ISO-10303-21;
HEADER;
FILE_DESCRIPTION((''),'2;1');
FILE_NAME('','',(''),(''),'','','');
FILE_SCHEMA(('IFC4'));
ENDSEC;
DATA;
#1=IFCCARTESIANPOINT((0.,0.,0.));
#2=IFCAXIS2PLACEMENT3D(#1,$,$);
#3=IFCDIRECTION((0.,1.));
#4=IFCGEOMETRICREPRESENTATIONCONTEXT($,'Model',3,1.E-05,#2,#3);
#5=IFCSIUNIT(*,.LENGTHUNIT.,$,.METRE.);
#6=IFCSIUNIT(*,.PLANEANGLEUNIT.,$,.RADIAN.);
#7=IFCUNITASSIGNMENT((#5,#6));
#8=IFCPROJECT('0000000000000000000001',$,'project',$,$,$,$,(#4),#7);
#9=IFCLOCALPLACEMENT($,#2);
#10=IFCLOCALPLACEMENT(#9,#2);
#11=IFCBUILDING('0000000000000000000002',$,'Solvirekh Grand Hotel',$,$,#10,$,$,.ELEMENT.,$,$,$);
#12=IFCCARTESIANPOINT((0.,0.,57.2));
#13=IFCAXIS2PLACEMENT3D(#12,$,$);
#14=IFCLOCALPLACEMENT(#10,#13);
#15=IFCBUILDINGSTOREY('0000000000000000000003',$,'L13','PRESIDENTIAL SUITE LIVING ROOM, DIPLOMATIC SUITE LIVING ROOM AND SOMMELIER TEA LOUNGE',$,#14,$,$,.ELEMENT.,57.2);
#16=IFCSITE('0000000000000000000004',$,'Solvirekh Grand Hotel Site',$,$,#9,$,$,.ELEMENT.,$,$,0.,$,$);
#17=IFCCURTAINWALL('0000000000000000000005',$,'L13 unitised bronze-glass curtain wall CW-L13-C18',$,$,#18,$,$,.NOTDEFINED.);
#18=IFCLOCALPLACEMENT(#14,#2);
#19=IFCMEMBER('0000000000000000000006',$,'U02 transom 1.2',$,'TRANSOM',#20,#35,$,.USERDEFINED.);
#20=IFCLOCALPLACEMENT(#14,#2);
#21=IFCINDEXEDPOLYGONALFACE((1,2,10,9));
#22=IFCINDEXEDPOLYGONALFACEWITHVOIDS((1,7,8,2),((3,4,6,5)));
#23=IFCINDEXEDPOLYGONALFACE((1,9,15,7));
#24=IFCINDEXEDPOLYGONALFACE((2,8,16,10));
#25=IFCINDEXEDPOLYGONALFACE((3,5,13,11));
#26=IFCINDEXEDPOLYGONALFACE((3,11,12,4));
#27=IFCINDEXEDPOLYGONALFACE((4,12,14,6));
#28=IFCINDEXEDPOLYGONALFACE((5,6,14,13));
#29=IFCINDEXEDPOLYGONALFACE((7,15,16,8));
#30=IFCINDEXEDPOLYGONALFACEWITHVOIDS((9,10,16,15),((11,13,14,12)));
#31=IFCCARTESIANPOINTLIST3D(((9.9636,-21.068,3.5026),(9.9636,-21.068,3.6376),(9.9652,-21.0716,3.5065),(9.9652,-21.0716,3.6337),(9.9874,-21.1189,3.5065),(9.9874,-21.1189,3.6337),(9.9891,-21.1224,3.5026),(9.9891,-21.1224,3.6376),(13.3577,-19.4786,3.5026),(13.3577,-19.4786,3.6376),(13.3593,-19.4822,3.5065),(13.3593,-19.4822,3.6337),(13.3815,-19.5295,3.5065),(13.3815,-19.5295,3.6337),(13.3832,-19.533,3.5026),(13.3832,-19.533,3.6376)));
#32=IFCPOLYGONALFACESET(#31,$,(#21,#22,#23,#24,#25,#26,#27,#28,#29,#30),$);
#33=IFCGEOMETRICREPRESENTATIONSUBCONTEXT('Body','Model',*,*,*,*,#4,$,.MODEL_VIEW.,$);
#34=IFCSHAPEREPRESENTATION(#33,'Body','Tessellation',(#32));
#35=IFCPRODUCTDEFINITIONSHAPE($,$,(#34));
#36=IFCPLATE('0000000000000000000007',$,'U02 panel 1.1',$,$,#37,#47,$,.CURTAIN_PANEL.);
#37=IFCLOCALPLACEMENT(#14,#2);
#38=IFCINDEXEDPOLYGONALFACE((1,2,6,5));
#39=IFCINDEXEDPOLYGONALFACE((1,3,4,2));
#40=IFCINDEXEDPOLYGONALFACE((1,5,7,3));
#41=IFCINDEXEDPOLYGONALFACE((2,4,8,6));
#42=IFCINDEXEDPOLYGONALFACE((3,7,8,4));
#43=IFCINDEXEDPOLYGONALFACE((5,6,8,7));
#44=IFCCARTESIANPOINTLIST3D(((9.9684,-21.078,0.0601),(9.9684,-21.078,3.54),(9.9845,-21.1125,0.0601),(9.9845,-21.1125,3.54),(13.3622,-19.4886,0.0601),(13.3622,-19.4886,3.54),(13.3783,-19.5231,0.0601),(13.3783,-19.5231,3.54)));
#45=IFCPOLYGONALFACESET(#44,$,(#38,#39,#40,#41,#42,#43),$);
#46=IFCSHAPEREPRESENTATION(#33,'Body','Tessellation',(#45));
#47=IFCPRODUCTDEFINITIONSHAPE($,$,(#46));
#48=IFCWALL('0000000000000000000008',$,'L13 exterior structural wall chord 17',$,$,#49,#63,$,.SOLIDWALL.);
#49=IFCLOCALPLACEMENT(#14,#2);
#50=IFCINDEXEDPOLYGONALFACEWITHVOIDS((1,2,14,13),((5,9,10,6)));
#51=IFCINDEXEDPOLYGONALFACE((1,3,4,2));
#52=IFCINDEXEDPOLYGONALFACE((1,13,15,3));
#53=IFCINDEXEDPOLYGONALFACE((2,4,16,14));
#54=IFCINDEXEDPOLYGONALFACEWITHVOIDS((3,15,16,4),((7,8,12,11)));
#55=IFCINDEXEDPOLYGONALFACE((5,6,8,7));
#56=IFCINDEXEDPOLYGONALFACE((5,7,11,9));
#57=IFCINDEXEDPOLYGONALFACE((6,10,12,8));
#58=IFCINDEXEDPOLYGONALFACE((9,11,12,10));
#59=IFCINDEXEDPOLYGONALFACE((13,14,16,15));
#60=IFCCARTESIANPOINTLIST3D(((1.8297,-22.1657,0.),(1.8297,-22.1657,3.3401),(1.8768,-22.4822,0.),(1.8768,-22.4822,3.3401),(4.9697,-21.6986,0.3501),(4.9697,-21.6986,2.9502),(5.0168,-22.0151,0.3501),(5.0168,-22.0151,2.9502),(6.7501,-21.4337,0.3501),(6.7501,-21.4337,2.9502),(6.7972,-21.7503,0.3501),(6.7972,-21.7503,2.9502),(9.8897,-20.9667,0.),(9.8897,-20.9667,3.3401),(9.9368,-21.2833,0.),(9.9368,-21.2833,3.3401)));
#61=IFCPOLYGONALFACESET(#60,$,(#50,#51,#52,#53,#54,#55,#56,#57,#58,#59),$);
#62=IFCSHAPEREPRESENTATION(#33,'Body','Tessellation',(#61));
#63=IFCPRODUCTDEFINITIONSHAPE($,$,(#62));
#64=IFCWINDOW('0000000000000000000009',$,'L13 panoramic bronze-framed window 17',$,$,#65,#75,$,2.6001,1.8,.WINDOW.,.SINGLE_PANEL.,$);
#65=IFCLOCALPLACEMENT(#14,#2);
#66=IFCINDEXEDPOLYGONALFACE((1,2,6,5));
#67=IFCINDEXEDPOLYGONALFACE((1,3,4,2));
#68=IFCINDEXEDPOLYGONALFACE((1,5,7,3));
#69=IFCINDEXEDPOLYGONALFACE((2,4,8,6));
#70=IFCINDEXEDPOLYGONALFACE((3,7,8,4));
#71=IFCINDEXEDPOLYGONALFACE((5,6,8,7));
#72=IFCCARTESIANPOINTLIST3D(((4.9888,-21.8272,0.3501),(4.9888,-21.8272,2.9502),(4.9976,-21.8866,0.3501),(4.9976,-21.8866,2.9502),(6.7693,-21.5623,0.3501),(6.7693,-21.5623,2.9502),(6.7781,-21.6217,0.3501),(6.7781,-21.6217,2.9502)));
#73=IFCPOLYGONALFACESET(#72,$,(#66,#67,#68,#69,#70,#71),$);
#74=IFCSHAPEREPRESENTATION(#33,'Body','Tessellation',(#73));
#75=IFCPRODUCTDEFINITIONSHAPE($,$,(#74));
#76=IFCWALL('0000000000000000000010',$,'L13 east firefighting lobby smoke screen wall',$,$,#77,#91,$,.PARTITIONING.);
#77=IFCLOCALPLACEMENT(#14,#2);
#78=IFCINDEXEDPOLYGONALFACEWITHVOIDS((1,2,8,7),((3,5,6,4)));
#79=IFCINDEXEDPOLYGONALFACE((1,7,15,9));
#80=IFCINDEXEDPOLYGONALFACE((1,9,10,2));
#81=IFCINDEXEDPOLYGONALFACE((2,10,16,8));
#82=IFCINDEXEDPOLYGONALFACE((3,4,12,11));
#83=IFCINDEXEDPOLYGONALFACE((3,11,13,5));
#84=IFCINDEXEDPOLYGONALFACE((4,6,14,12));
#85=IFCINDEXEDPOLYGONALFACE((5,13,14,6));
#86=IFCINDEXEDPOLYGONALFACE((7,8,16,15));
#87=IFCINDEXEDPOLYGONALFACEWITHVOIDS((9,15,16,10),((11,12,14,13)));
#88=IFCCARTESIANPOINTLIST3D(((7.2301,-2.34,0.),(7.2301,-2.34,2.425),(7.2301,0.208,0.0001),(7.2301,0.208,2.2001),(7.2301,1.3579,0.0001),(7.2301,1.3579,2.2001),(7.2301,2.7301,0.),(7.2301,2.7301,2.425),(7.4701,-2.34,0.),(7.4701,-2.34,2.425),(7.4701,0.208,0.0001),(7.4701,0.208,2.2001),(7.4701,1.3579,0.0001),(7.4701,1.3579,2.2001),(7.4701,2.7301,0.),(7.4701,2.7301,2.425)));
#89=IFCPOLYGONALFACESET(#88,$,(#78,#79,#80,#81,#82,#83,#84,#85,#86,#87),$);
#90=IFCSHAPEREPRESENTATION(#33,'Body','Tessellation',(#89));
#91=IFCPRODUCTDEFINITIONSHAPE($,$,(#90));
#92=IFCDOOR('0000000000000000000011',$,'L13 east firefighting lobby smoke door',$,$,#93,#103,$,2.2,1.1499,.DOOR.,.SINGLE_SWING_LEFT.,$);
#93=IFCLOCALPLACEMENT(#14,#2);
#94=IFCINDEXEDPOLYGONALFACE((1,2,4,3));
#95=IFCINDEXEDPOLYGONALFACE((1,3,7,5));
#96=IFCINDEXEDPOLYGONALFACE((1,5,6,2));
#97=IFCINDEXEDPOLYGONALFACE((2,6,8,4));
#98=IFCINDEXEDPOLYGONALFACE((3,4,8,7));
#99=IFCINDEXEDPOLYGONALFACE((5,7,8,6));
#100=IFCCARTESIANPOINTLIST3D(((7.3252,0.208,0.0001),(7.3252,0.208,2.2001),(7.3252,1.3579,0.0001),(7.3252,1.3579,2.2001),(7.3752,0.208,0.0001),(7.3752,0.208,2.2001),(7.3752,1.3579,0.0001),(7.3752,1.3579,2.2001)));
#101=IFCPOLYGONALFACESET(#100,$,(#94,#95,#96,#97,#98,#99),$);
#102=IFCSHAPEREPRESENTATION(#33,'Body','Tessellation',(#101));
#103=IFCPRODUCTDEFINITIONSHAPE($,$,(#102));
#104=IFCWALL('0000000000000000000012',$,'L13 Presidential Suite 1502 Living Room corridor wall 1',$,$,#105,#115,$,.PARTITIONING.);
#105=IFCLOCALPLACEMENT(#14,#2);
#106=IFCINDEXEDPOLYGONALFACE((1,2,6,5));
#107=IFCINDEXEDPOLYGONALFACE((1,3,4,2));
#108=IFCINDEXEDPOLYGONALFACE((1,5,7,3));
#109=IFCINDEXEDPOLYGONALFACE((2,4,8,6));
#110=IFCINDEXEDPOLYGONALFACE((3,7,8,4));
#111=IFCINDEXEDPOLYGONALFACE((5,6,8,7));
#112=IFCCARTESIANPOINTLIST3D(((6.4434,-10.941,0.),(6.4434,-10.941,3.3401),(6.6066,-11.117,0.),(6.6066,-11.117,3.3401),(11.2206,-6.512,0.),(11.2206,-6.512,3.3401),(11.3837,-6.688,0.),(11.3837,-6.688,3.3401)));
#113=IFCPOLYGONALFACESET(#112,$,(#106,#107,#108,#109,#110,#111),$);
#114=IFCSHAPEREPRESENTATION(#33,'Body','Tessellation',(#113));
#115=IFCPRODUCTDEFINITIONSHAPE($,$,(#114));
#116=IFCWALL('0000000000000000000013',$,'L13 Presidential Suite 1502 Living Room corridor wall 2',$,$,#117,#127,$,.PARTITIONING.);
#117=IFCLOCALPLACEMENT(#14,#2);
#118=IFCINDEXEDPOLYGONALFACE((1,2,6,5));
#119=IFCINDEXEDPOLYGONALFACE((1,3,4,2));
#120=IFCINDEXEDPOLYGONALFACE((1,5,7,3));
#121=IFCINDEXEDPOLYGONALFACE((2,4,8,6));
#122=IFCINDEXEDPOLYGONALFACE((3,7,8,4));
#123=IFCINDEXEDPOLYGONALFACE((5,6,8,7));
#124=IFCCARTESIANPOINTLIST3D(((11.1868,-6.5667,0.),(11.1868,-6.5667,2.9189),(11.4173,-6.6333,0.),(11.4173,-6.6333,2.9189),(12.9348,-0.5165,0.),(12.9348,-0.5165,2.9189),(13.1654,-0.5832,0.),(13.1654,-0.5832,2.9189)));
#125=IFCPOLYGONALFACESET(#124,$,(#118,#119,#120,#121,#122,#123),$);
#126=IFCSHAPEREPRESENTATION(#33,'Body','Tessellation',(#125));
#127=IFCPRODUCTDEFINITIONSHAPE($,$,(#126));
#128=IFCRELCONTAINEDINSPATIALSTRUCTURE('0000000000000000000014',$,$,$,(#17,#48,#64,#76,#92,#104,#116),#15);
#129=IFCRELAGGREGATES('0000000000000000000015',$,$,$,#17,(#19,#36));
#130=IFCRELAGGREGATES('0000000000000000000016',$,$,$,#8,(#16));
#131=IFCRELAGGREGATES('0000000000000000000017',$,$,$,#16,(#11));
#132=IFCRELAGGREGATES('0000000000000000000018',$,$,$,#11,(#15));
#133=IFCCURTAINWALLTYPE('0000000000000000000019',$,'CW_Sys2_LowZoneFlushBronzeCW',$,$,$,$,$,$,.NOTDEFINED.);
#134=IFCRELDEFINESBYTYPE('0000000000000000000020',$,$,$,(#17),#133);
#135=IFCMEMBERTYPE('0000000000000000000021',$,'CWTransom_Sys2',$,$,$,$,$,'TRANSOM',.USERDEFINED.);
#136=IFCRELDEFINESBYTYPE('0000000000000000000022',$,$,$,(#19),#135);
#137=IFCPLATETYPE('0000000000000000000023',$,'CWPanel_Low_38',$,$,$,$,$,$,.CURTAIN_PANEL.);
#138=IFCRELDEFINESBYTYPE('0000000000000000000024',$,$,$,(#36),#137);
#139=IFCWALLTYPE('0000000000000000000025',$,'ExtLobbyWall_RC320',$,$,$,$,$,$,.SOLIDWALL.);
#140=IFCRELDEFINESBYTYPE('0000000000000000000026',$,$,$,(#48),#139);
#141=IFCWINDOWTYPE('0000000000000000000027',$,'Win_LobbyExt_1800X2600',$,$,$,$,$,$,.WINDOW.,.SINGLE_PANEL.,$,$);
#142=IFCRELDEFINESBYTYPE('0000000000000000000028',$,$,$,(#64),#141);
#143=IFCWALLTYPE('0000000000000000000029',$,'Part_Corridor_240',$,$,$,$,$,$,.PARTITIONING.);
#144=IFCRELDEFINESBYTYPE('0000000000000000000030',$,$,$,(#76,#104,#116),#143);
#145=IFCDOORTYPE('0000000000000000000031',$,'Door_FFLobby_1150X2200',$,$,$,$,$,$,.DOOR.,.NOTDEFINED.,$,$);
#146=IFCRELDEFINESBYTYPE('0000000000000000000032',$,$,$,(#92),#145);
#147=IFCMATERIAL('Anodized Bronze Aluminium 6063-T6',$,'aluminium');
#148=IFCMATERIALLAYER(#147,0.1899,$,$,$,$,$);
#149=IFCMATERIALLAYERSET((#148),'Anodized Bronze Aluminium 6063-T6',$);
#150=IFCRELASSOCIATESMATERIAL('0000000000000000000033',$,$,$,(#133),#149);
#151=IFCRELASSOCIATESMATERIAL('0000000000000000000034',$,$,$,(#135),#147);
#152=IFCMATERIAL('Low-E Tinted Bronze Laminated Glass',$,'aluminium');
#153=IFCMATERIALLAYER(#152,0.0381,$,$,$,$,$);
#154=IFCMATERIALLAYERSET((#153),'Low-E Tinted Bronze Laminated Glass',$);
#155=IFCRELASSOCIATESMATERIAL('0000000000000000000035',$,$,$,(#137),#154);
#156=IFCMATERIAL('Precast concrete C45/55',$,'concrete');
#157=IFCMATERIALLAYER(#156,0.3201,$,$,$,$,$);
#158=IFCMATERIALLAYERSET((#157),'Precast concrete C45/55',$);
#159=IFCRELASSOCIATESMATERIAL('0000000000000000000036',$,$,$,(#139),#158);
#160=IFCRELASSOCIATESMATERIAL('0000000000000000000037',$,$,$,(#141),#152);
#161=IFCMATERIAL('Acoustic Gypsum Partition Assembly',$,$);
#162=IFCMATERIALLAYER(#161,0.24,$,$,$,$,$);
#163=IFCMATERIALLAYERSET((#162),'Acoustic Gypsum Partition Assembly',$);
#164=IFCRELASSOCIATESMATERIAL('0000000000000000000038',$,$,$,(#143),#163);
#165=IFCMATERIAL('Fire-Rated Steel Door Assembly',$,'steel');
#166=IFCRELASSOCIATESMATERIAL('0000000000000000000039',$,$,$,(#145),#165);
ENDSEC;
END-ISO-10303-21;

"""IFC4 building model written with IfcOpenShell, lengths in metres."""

from ifc_helpers import new_model, si_unit, direction, frame, frame_2d, origin, origin_2d, place, context, subcontext, project, spatial, rectangle, hollow_rectangle, extrude, source, transform, mapped, material, layer, layer_set, material_profile, profile_set, type_object, element, fill, aggregate, save


model = new_model("IFC4")

# Units and contexts
model_context = context("Model", 3, precision=1e-05, world=origin(), true_north=direction((0.0, 1.0)))
body_context = subcontext(model_context, "Body", "Model", "MODEL_VIEW")
ifc_project = project(units=[si_unit("LENGTHUNIT", "METRE"), si_unit("PLANEANGLEUNIT", "RADIAN")], contexts=[model_context])

# Site, building, storey
site_placement = place(None, origin())
site = spatial("IfcSite", under=ifc_project, at=site_placement, Name="Solvirekh Grand Hotel Site", CompositionType="ELEMENT", RefElevation=0.0)
building_placement = place(site_placement, origin())
building = spatial("IfcBuilding", under=site, at=building_placement, Name="Solvirekh Grand Hotel", CompositionType="ELEMENT")
storey_placement = place(building_placement, frame((0.0, 0.0, 57.2)))
storey = spatial("IfcBuildingStorey", under=building, at=storey_placement, Name="L13", Description="PRESIDENTIAL SUITE LIVING ROOM, DIPLOMATIC SUITE LIVING ROOM AND SOMMELIER TEA LOUNGE", CompositionType="ELEMENT", Elevation=57.2)

# Curtain wall, member, plate
ifc_material_1 = material(Name="Anodized Bronze Aluminium 6063-T6", Category="aluminium")
ifc_layer_1 = layer(ifc_material_1, 0.1899)
ifc_layer_set_1 = layer_set([ifc_layer_1], Name="Anodized Bronze Aluminium 6063-T6")
curtain_wall_type = type_object("IfcCurtainWallType", Name="CW_Sys2_LowZoneFlushBronzeCW", PredefinedType="NOTDEFINED", material=ifc_layer_set_1)
curtain_wall_placement = place(storey_placement, origin())
curtain_wall = element("IfcCurtainWall", 1, at=curtain_wall_placement, inside=storey, type_object=curtain_wall_type, Name="L13 unitised bronze-glass curtain wall CW-L13-C18", PredefinedType="NOTDEFINED")
ifc_material_profile_1 = material_profile(ifc_material_1, hollow_rectangle(XDim=0.0601, YDim=0.135, WallThickness=0.0039, at=origin_2d()), Name="ALU RHS 135X60X4")
ifc_profile_set_1 = profile_set([ifc_material_profile_1], Name="Anodized Bronze Aluminium 6063-T6")
member_type_1 = type_object("IfcMemberType", Name="CWTransom_Sys2", ElementType="TRANSOM", PredefinedType="USERDEFINED", material=ifc_profile_set_1)
shared_shape_1 = source(origin(), body_context, "Body", "SweptSolid", [
    extrude(hollow_rectangle(XDim=0.0601, YDim=0.135, WallThickness=0.0039, at=origin_2d()), origin(), (0.0, 0.0, 1.0), 3.7478),
])
member_1_placement = place(storey_placement, frame((9.9763, -21.0952, 3.5701), z_axis=(0.905623, 0.424083, 0.0), x_axis=(-0.424083, 0.905623, 0.0)))
member_1 = element("IfcMember", 2, at=member_1_placement, type_object=member_type_1, Name="U02 transom 1.2", ObjectType="TRANSOM", PredefinedType="USERDEFINED", context=body_context, shape_type="MappedRepresentation", body=[
    mapped(shared_shape_1, transform((0.0, 0.0, 0.0), x_axis=(1.0, 0.0, 0.0), y_axis=(0.0, 1.0, 0.0), z_axis=(0.0, 0.0, 1.0), scale=1.0)),
])
ifc_material_2 = material(Name="Low-E Tinted Bronze Laminated Glass", Category="aluminium")
ifc_layer_2 = layer(ifc_material_2, 0.0381)
ifc_layer_set_2 = layer_set([ifc_layer_2], Name="Low-E Tinted Bronze Laminated Glass")
plate_type = type_object("IfcPlateType", Name="CWPanel_Low_38", PredefinedType="CURTAIN_PANEL", material=ifc_layer_set_2)
shared_shape_2 = source(origin(), body_context, "Body", "SweptSolid", [
    extrude(rectangle(XDim=3.7476, YDim=0.0381, at=origin_2d()), origin(), (0.0, 0.0, 1.0), 3.48),
])
plate_placement = place(storey_placement, frame((11.6733, -20.3005, 0.0601), z_axis=(0.0, 0.0, 1.0), x_axis=(0.905605, 0.424121, 0.0)))
plate = element("IfcPlate", 3, at=plate_placement, type_object=plate_type, Name="U02 panel 1.1", PredefinedType="CURTAIN_PANEL", context=body_context, shape_type="MappedRepresentation", body=[
    mapped(shared_shape_2, transform((0.0, 0.0, 0.0), x_axis=(1.0, 0.0, 0.0), y_axis=(0.0, 1.0, 0.0), z_axis=(0.0, 0.0, 1.0), scale=1.0)),
])
aggregate(curtain_wall, [member_1, plate])

# Wall, opening, window
ifc_material_3 = material(Name="Precast concrete C45/55", Category="concrete")
ifc_layer_3 = layer(ifc_material_3, 0.3201)
ifc_layer_set_3 = layer_set([ifc_layer_3], Name="Precast concrete C45/55")
wall_type_1 = type_object("IfcWallType", Name="ExtLobbyWall_RC320", PredefinedType="SOLIDWALL", material=ifc_layer_set_3)
wall_1_placement = place(storey_placement, frame((9.9131, -21.125, 0.0), z_axis=(0.0, 0.0, 1.0), x_axis=(-0.989116, -0.147136, 0.0)))
wall_1 = element("IfcWall", 4, at=wall_1_placement, inside=storey, type_object=wall_type_1, Name="L13 exterior structural wall chord 17", PredefinedType="SOLIDWALL", context=body_context, shape_type="SweptSolid", body=[
    extrude(rectangle(XDim=8.1487, YDim=0.3201, at=frame_2d((4.0742, 0.0))), origin(), (0.0, 0.0, 1.0), 3.3401),
])
opening_1_placement = place(wall_1_placement, frame((3.1741, 0.0, 0.3501)))
opening_1 = element("IfcOpeningElement", 5, at=opening_1_placement, cuts=wall_1, PredefinedType="OPENING", context=body_context, shape_type="SweptSolid", body=[
    extrude(rectangle(XDim=1.8, YDim=2.6001, at=frame_2d((0.8999, 1.3))), frame((0.0, 0.1699, 0.0), z_axis=(0.0, -1.0, 0.0), x_axis=(1.0, 0.0, 0.0)), (0.0, 0.0, 1.0), 0.3401),
])
window_type = type_object("IfcWindowType", Name="Win_LobbyExt_1800X2600", PartitioningType="SINGLE_PANEL", PredefinedType="WINDOW", material=ifc_material_2)
window_placement = place(opening_1_placement, origin())
window = element("IfcWindow", 6, at=window_placement, inside=storey, type_object=window_type, Name="L13 panoramic bronze-framed window 17", OverallHeight=2.6001, OverallWidth=1.8, PartitioningType="SINGLE_PANEL", PredefinedType="WINDOW", context=body_context, shape_type="SweptSolid", body=[
    extrude(rectangle(XDim=1.8, YDim=2.6001, at=frame_2d((0.8999, 1.3))), frame((0.0, 0.03, 0.0), z_axis=(0.0, -1.0, 0.0), x_axis=(1.0, 0.0, 0.0)), (0.0, 0.0, 1.0), 0.0601),
])
fill(opening_1, window)

# Wall, opening, door
ifc_material_4 = material(Name="Acoustic Gypsum Partition Assembly")
ifc_layer_4 = layer(ifc_material_4, 0.24)
ifc_layer_set_4 = layer_set([ifc_layer_4], Name="Acoustic Gypsum Partition Assembly")
wall_type_2 = type_object("IfcWallType", Name="Part_Corridor_240", PredefinedType="PARTITIONING", material=ifc_layer_set_4)
wall_2_placement = place(storey_placement, frame((7.3501, -2.3401, 0.0), z_axis=(0.0, 0.0, 1.0), x_axis=(0.0, 1.0, 0.0)))
wall_2 = element("IfcWall", 7, at=wall_2_placement, inside=storey, type_object=wall_type_2, Name="L13 east firefighting lobby smoke screen wall", PredefinedType="PARTITIONING", context=body_context, shape_type="SweptSolid", body=[
    extrude(rectangle(XDim=5.0701, YDim=0.24, at=frame_2d((2.5352, 0.0))), origin(), (0.0, 0.0, 1.0), 2.425),
])
opening_2_placement = place(wall_2_placement, frame((2.5481, 0.0, 0.0)))
opening_2 = element("IfcOpeningElement", 8, at=opening_2_placement, cuts=wall_2, PredefinedType="OPENING", context=body_context, shape_type="SweptSolid", body=[
    extrude(rectangle(XDim=1.1499, YDim=2.2, at=frame_2d((0.575, 1.1001))), frame((0.0, 0.1299, 0.0), z_axis=(0.0, -1.0, 0.0), x_axis=(1.0, 0.0, 0.0)), (0.0, 0.0, 1.0), 0.26),
])
ifc_material_5 = material(Name="Fire-Rated Steel Door Assembly", Category="steel")
door_type = type_object("IfcDoorType", Name="Door_FFLobby_1150X2200", OperationType="NOTDEFINED", PredefinedType="DOOR", material=ifc_material_5)
door_placement = place(opening_2_placement, origin())
door = element("IfcDoor", 9, at=door_placement, inside=storey, type_object=door_type, Name="L13 east firefighting lobby smoke door", OperationType="SINGLE_SWING_LEFT", OverallHeight=2.2, OverallWidth=1.1499, PredefinedType="DOOR", context=body_context, shape_type="SweptSolid", body=[
    extrude(rectangle(XDim=1.1499, YDim=2.2, at=frame_2d((0.575, 1.1001))), frame((0.0, 0.0249, 0.0), z_axis=(0.0, -1.0, 0.0), x_axis=(1.0, 0.0, 0.0)), (0.0, 0.0, 1.0), 0.05),
])
fill(opening_2, door)

# Walls
wall_3_placement = place(storey_placement, frame((6.5249, -11.0291, 0.0), z_axis=(0.0, 0.0, 1.0), x_axis=(0.733323, 0.67988, 0.0)))
element("IfcWall", 10, at=wall_3_placement, inside=storey, type_object=wall_type_2, Name="L13 Presidential Suite 1502 Living Room corridor wall 1", PredefinedType="PARTITIONING", context=body_context, shape_type="SweptSolid", body=[
    extrude(rectangle(XDim=6.5144, YDim=0.24, at=frame_2d((3.2573, 0.0))), origin(), (0.0, 0.0, 1.0), 3.3401),
])
wall_4_placement = place(storey_placement, frame((11.302, -6.6001, 0.0), z_axis=(0.0, 0.0, 1.0), x_axis=(0.277577, 0.960703, 0.0)))
element("IfcWall", 11, at=wall_4_placement, inside=storey, type_object=wall_type_2, Name="L13 Presidential Suite 1502 Living Room corridor wall 2", PredefinedType="PARTITIONING", context=body_context, shape_type="SweptSolid", body=[
    extrude(rectangle(XDim=6.2976, YDim=0.24, at=frame_2d((3.1489, 0.0))), origin(), (0.0, 0.0, 1.0), 2.9189),
])

save(model, "model.ifc")
